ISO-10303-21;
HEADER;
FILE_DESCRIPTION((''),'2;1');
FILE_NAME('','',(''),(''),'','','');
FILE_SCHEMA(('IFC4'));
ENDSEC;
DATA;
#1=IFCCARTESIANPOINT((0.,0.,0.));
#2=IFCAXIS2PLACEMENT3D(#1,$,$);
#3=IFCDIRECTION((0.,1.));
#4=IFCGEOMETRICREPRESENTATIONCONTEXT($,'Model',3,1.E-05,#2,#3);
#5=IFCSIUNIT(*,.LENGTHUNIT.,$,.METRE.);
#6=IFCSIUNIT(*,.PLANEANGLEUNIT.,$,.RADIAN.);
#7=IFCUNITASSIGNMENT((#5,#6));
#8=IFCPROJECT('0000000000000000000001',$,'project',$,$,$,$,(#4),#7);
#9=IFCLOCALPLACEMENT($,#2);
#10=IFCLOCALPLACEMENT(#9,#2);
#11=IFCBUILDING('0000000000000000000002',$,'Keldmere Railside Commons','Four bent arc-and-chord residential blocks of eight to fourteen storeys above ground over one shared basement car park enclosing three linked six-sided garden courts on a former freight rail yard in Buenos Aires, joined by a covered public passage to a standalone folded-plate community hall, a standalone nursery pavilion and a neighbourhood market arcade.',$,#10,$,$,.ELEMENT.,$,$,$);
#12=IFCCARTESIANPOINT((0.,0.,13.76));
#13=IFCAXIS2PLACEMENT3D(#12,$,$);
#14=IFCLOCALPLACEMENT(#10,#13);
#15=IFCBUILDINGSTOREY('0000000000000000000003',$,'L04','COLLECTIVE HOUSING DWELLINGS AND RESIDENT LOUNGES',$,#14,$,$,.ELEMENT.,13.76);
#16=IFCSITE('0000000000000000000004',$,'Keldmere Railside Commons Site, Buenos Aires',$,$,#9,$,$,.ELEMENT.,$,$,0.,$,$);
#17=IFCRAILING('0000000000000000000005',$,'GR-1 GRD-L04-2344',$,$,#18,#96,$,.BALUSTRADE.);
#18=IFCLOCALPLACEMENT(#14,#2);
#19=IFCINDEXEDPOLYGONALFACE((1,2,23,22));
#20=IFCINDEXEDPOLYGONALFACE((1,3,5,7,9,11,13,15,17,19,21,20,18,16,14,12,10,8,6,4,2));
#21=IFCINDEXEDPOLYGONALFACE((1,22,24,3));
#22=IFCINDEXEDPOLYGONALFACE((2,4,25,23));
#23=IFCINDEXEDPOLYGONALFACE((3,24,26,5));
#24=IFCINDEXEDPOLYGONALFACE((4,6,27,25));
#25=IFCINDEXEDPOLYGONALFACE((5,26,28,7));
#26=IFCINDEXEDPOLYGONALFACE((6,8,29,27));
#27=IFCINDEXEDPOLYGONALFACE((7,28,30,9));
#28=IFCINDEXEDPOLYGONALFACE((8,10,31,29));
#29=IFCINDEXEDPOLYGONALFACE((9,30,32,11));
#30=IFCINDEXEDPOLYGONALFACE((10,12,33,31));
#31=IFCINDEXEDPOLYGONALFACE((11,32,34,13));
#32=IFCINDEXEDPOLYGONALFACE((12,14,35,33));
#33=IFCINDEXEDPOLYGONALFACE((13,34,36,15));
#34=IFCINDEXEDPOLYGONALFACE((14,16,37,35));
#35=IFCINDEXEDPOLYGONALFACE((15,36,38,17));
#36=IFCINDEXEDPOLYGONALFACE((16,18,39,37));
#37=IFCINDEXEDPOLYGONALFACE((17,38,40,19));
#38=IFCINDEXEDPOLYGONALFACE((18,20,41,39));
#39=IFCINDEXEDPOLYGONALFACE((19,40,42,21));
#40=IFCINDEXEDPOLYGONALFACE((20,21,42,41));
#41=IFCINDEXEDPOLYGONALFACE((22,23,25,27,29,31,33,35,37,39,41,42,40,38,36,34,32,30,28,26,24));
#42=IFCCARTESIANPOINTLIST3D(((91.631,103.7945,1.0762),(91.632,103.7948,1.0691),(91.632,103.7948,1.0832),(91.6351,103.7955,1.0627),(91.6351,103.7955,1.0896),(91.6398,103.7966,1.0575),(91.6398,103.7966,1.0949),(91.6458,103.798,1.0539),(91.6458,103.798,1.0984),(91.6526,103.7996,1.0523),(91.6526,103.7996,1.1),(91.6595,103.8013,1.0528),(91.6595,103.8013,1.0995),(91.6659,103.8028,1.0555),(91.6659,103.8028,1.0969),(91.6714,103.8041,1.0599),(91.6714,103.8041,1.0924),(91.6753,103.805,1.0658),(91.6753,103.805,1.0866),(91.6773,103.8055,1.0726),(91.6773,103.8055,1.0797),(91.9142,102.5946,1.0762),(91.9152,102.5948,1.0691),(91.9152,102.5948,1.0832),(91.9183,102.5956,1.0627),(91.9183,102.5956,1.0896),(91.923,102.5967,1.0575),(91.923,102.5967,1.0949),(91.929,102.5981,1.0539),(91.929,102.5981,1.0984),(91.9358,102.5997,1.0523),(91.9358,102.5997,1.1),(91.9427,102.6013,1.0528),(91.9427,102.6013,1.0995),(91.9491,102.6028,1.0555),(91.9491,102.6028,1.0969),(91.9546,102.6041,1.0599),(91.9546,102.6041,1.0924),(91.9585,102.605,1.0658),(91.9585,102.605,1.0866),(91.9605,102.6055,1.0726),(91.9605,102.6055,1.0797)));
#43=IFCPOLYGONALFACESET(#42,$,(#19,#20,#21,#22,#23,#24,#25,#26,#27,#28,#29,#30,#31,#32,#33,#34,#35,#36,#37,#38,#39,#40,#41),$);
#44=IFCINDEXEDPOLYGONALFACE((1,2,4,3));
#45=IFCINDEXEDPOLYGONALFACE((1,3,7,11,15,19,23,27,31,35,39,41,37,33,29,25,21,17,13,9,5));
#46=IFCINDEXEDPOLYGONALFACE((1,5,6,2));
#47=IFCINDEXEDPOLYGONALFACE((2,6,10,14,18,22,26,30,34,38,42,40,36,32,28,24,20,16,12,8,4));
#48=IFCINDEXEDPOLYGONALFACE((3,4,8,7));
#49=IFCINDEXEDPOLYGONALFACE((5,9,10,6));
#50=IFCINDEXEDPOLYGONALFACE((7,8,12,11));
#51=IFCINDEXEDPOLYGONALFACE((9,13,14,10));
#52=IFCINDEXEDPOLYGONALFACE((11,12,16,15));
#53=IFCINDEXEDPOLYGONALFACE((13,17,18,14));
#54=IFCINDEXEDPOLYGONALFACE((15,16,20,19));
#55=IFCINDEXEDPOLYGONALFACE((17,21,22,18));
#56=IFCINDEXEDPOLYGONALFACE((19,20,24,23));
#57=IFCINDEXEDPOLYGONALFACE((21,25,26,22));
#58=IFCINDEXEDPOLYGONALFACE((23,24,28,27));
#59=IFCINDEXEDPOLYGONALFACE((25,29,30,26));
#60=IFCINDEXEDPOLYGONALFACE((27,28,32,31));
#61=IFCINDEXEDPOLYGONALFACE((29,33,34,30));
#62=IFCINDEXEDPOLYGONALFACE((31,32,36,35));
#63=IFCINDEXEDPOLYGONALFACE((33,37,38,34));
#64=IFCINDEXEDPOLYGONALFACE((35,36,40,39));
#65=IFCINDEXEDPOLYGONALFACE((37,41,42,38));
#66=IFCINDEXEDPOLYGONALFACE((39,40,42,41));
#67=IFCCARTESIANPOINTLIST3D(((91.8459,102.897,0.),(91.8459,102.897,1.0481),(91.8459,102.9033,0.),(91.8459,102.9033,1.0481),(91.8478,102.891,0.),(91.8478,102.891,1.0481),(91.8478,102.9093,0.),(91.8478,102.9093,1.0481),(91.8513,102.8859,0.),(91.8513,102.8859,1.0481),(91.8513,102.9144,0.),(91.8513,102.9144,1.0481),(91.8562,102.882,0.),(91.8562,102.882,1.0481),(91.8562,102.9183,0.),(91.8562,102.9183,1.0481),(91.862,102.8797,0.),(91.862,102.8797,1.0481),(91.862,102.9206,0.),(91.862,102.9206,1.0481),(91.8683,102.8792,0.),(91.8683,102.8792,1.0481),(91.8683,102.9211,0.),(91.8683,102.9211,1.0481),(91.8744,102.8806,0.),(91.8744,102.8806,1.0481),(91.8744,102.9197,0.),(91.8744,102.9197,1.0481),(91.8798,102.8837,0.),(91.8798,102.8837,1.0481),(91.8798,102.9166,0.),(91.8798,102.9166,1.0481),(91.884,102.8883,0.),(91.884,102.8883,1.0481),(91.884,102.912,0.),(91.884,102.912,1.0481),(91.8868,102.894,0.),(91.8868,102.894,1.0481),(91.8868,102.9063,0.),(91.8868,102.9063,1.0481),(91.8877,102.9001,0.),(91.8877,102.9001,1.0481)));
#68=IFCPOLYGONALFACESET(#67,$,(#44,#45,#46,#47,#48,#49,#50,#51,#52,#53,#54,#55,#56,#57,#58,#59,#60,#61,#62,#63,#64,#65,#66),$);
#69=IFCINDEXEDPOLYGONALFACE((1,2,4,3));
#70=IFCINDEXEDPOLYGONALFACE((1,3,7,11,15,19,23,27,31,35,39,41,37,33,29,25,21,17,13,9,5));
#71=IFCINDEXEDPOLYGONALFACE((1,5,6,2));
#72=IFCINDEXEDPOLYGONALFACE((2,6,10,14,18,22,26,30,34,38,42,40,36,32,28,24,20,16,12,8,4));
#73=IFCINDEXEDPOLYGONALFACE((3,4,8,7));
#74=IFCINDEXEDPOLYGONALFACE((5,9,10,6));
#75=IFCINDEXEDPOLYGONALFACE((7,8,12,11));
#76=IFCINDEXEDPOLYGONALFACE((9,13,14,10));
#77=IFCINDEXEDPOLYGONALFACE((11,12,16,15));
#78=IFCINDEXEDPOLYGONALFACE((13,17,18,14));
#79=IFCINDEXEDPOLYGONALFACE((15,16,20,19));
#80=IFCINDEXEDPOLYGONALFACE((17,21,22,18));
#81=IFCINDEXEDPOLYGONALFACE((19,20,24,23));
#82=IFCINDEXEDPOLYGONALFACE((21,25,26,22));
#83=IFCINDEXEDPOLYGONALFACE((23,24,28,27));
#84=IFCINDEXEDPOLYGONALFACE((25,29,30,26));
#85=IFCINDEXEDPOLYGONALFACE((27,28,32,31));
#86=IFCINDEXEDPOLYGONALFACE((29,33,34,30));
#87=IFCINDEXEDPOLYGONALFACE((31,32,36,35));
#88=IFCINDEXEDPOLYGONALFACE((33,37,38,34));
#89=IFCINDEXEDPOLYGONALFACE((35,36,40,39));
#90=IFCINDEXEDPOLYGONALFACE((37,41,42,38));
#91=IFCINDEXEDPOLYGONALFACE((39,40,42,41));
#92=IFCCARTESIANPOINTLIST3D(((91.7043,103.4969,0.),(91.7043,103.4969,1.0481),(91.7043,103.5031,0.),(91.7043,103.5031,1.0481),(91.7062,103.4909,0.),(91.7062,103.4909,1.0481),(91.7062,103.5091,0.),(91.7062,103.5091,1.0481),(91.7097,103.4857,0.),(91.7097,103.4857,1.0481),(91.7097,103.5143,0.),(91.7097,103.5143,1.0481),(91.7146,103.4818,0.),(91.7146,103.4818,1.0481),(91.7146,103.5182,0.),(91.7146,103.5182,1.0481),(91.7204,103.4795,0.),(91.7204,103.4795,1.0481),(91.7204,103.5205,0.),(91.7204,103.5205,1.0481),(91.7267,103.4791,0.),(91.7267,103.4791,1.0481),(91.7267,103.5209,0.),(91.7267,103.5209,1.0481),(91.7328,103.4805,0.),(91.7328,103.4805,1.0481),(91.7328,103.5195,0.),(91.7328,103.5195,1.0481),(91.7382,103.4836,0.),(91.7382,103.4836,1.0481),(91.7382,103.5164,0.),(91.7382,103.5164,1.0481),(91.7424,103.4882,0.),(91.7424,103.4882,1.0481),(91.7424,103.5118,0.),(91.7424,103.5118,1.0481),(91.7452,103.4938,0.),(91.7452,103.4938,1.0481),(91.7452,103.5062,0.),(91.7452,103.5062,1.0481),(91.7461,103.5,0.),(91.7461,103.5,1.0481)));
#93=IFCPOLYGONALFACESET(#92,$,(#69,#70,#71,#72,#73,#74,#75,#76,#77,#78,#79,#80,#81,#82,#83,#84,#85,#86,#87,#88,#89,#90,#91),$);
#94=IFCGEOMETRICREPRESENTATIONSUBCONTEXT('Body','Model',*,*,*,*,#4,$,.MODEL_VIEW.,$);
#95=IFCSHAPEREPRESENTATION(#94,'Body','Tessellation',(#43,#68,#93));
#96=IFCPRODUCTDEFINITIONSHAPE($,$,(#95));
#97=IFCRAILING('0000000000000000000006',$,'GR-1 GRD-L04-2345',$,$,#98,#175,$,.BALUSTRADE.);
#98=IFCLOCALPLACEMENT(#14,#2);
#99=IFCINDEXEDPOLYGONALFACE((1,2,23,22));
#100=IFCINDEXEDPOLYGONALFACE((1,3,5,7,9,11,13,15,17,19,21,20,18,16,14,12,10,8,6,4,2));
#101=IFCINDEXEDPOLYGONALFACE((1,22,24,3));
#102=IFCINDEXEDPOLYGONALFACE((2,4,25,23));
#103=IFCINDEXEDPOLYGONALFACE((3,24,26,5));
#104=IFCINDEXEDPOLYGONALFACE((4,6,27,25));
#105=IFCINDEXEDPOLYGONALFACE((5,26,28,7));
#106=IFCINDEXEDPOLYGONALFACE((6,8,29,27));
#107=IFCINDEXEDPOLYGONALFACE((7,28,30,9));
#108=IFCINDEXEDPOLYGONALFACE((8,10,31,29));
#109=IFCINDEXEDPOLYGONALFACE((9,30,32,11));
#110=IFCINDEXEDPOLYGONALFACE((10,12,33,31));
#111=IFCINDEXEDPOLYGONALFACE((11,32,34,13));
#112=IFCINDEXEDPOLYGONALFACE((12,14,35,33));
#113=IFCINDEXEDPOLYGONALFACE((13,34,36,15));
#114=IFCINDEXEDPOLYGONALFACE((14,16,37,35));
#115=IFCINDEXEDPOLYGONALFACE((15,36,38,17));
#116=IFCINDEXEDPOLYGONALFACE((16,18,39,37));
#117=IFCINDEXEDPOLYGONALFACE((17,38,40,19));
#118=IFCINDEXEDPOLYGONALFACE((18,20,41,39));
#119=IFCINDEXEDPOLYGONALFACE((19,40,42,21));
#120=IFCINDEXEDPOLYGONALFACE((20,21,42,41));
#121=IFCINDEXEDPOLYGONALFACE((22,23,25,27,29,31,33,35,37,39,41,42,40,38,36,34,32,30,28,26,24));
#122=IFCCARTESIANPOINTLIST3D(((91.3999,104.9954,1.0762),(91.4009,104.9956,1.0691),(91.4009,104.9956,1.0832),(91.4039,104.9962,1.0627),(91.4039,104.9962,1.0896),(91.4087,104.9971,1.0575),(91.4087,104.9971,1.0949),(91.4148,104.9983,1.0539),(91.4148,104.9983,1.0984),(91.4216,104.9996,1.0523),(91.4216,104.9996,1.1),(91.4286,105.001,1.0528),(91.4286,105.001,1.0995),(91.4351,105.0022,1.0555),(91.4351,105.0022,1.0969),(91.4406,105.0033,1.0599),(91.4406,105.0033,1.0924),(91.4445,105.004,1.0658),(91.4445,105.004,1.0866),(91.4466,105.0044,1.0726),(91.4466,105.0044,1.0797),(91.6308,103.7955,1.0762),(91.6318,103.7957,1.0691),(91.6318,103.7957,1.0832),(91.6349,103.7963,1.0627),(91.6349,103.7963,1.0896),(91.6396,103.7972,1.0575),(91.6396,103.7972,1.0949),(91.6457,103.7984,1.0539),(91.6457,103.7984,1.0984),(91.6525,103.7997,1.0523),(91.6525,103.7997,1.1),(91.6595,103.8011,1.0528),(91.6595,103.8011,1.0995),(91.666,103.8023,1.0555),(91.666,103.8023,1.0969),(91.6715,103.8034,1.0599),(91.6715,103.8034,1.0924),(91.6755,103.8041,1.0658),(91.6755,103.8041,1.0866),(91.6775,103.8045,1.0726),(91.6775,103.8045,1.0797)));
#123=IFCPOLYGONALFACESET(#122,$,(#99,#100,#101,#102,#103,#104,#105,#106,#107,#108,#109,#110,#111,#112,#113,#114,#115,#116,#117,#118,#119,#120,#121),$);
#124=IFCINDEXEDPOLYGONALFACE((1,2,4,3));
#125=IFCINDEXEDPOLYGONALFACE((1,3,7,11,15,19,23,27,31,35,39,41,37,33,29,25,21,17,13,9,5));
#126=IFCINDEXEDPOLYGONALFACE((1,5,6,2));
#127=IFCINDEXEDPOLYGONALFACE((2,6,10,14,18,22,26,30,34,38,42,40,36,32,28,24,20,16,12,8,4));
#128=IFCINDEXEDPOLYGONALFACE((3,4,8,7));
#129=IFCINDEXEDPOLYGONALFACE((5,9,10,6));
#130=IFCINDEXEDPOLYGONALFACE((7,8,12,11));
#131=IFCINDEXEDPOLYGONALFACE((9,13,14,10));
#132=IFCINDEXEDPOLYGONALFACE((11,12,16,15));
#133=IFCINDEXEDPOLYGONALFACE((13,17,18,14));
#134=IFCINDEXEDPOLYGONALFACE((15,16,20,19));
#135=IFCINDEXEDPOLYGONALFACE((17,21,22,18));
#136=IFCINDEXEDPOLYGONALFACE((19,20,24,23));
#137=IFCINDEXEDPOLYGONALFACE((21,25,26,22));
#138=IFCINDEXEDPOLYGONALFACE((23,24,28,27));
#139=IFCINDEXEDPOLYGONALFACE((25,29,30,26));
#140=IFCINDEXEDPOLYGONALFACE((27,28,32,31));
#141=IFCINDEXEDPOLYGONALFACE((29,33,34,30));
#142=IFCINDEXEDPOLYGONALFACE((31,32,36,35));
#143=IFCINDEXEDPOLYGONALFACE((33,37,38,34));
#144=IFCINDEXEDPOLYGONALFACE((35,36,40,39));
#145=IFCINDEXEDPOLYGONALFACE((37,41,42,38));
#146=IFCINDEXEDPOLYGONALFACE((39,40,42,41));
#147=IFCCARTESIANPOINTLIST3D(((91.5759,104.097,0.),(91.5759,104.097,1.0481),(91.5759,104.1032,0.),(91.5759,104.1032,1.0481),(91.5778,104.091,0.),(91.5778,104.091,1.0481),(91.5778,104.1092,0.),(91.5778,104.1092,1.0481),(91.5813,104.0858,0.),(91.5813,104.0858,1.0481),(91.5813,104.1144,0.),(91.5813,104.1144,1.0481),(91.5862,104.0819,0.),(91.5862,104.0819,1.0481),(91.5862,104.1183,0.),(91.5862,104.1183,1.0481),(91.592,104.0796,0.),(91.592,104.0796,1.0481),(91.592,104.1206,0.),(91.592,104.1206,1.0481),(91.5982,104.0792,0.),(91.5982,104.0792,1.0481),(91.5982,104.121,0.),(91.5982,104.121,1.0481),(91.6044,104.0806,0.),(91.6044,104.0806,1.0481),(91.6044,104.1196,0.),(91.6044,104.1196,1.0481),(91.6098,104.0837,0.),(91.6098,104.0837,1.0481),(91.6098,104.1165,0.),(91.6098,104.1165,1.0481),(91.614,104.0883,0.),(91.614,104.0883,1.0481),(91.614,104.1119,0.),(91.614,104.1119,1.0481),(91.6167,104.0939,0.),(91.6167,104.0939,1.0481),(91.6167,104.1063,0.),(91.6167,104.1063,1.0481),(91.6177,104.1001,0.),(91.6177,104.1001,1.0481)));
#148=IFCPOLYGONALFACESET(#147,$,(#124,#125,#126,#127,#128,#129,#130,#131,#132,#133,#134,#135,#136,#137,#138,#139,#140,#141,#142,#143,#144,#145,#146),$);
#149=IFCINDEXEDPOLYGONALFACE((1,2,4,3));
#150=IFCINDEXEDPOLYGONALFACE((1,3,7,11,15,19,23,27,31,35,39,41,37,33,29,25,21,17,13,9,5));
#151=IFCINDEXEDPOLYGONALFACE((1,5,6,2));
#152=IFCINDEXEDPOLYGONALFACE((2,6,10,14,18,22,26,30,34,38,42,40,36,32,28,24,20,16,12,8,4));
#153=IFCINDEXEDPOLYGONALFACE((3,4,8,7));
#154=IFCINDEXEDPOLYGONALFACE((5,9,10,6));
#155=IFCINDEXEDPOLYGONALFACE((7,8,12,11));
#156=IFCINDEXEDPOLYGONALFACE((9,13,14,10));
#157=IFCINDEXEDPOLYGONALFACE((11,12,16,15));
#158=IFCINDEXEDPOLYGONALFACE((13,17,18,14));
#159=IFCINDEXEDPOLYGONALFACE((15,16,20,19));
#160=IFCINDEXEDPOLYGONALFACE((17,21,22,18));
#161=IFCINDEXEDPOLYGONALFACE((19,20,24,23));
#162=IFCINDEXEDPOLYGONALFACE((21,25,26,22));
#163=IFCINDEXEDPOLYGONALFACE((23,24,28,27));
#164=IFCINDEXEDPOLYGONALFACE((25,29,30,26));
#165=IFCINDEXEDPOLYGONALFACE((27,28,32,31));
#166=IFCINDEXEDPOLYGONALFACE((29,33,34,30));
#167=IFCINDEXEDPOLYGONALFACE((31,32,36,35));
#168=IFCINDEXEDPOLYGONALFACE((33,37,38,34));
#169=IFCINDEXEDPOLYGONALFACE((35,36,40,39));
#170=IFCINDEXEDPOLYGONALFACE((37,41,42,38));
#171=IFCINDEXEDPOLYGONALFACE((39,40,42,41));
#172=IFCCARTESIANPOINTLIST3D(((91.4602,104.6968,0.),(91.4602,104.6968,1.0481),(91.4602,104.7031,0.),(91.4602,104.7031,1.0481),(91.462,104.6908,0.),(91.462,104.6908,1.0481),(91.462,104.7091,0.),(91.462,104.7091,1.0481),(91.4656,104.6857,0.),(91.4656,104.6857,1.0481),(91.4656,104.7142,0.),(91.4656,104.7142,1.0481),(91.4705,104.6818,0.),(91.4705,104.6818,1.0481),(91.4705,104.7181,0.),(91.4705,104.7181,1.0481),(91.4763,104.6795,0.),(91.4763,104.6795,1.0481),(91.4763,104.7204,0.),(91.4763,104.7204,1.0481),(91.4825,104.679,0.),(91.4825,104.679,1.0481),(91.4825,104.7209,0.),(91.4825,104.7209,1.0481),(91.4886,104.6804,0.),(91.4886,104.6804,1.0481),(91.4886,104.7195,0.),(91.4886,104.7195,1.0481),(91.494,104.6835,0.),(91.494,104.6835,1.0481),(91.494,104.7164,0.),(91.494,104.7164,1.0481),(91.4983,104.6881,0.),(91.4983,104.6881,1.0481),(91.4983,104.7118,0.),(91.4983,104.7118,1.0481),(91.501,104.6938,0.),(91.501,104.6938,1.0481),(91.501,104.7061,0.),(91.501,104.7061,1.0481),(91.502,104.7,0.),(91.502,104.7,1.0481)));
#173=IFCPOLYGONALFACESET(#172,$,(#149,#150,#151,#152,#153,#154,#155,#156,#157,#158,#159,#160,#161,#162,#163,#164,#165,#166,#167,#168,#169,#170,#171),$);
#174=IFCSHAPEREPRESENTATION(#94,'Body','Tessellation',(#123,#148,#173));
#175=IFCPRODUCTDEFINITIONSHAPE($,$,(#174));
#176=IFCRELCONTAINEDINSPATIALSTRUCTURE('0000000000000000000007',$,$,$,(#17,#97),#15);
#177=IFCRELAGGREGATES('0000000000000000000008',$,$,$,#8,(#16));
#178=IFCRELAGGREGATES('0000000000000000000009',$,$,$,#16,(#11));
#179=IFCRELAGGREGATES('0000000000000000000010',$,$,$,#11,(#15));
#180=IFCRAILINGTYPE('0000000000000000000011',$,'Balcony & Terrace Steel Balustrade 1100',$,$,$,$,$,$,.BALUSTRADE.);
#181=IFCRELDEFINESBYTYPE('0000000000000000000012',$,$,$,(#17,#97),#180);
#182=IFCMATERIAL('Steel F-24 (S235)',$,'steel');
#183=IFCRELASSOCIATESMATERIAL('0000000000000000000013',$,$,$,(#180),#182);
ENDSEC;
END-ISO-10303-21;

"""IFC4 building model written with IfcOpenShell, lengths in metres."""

from ifc_helpers import new_model, si_unit, direction, frame, origin, origin_2d, place, context, subcontext, project, spatial, circle, extrude, material, type_object, element, save


model = new_model("IFC4")

# Units and contexts
model_context = context("Model", 3, precision=1e-05, world=origin(), true_north=direction((0.0, 1.0)))
body_context = subcontext(model_context, "Body", "Model", "MODEL_VIEW")
ifc_project = project(units=[si_unit("LENGTHUNIT", "METRE"), si_unit("PLANEANGLEUNIT", "RADIAN")], contexts=[model_context])

# Site, building, storey
site_placement = place(None, origin())
site = spatial("IfcSite", under=ifc_project, at=site_placement, Name="Keldmere Railside Commons Site, Buenos Aires", CompositionType="ELEMENT", RefElevation=0.0)
building_placement = place(site_placement, origin())
building = spatial("IfcBuilding", under=site, at=building_placement, Name="Keldmere Railside Commons", Description="Four bent arc-and-chord residential blocks of eight to fourteen storeys above ground over one shared basement car park enclosing three linked six-sided garden courts on a former freight rail yard in Buenos Aires, joined by a covered public passage to a standalone folded-plate community hall, a standalone nursery pavilion and a neighbourhood market arcade.", CompositionType="ELEMENT")
storey_placement = place(building_placement, frame((0.0, 0.0, 13.76)))
storey = spatial("IfcBuildingStorey", under=building, at=storey_placement, Name="L04", Description="COLLECTIVE HOUSING DWELLINGS AND RESIDENT LOUNGES", CompositionType="ELEMENT", Elevation=13.76)

# Railings
ifc_material = material(Name="Steel F-24 (S235)", Category="steel")
railing_type = type_object("IfcRailingType", Name="Balcony & Terrace Steel Balustrade 1100", PredefinedType="BALUSTRADE", material=ifc_material)
railing_1_placement = place(storey_placement, frame((91.9375, 102.6001, 0.0)))
element("IfcRailing", 1, at=railing_1_placement, inside=storey, type_object=railing_type, Name="GR-1 GRD-L04-2344", PredefinedType="BALUSTRADE", context=body_context, shape_type="SweptSolid", body=[
    extrude(circle(Radius=0.0239, at=origin_2d()), frame((0.0, 0.0, 1.0762), z_axis=(-0.229702, 0.973261, 0.0), x_axis=(-0.973261, -0.229702, 0.0)), (0.0, 0.0, 1.0), 1.2329),
    extrude(circle(Radius=0.021, at=origin_2d()), frame((-0.0708, 0.3, 0.0)), (0.0, 0.0, 1.0), 1.0481),
    extrude(circle(Radius=0.021, at=origin_2d()), frame((-0.2124, 0.8999, 0.0)), (0.0, 0.0, 1.0), 1.0481),
])
railing_2_placement = place(storey_placement, frame((91.6543, 103.8, 0.0)))
element("IfcRailing", 2, at=railing_2_placement, inside=storey, type_object=railing_type, Name="GR-1 GRD-L04-2345", PredefinedType="BALUSTRADE", context=body_context, shape_type="SweptSolid", body=[
    extrude(circle(Radius=0.0239, at=origin_2d()), frame((0.0, 0.0, 1.0762), z_axis=(-0.189003, 0.981977, 0.0), x_axis=(-0.981977, -0.189003, 0.0)), (0.0, 0.0, 1.0), 1.2219),
    extrude(circle(Radius=0.021, at=origin_2d()), frame((-0.0576, 0.3, 0.0)), (0.0, 0.0, 1.0), 1.0481),
    extrude(circle(Radius=0.021, at=origin_2d()), frame((-0.1733, 0.8999, 0.0)), (0.0, 0.0, 1.0), 1.0481),
])

save(model, "model.ifc")
